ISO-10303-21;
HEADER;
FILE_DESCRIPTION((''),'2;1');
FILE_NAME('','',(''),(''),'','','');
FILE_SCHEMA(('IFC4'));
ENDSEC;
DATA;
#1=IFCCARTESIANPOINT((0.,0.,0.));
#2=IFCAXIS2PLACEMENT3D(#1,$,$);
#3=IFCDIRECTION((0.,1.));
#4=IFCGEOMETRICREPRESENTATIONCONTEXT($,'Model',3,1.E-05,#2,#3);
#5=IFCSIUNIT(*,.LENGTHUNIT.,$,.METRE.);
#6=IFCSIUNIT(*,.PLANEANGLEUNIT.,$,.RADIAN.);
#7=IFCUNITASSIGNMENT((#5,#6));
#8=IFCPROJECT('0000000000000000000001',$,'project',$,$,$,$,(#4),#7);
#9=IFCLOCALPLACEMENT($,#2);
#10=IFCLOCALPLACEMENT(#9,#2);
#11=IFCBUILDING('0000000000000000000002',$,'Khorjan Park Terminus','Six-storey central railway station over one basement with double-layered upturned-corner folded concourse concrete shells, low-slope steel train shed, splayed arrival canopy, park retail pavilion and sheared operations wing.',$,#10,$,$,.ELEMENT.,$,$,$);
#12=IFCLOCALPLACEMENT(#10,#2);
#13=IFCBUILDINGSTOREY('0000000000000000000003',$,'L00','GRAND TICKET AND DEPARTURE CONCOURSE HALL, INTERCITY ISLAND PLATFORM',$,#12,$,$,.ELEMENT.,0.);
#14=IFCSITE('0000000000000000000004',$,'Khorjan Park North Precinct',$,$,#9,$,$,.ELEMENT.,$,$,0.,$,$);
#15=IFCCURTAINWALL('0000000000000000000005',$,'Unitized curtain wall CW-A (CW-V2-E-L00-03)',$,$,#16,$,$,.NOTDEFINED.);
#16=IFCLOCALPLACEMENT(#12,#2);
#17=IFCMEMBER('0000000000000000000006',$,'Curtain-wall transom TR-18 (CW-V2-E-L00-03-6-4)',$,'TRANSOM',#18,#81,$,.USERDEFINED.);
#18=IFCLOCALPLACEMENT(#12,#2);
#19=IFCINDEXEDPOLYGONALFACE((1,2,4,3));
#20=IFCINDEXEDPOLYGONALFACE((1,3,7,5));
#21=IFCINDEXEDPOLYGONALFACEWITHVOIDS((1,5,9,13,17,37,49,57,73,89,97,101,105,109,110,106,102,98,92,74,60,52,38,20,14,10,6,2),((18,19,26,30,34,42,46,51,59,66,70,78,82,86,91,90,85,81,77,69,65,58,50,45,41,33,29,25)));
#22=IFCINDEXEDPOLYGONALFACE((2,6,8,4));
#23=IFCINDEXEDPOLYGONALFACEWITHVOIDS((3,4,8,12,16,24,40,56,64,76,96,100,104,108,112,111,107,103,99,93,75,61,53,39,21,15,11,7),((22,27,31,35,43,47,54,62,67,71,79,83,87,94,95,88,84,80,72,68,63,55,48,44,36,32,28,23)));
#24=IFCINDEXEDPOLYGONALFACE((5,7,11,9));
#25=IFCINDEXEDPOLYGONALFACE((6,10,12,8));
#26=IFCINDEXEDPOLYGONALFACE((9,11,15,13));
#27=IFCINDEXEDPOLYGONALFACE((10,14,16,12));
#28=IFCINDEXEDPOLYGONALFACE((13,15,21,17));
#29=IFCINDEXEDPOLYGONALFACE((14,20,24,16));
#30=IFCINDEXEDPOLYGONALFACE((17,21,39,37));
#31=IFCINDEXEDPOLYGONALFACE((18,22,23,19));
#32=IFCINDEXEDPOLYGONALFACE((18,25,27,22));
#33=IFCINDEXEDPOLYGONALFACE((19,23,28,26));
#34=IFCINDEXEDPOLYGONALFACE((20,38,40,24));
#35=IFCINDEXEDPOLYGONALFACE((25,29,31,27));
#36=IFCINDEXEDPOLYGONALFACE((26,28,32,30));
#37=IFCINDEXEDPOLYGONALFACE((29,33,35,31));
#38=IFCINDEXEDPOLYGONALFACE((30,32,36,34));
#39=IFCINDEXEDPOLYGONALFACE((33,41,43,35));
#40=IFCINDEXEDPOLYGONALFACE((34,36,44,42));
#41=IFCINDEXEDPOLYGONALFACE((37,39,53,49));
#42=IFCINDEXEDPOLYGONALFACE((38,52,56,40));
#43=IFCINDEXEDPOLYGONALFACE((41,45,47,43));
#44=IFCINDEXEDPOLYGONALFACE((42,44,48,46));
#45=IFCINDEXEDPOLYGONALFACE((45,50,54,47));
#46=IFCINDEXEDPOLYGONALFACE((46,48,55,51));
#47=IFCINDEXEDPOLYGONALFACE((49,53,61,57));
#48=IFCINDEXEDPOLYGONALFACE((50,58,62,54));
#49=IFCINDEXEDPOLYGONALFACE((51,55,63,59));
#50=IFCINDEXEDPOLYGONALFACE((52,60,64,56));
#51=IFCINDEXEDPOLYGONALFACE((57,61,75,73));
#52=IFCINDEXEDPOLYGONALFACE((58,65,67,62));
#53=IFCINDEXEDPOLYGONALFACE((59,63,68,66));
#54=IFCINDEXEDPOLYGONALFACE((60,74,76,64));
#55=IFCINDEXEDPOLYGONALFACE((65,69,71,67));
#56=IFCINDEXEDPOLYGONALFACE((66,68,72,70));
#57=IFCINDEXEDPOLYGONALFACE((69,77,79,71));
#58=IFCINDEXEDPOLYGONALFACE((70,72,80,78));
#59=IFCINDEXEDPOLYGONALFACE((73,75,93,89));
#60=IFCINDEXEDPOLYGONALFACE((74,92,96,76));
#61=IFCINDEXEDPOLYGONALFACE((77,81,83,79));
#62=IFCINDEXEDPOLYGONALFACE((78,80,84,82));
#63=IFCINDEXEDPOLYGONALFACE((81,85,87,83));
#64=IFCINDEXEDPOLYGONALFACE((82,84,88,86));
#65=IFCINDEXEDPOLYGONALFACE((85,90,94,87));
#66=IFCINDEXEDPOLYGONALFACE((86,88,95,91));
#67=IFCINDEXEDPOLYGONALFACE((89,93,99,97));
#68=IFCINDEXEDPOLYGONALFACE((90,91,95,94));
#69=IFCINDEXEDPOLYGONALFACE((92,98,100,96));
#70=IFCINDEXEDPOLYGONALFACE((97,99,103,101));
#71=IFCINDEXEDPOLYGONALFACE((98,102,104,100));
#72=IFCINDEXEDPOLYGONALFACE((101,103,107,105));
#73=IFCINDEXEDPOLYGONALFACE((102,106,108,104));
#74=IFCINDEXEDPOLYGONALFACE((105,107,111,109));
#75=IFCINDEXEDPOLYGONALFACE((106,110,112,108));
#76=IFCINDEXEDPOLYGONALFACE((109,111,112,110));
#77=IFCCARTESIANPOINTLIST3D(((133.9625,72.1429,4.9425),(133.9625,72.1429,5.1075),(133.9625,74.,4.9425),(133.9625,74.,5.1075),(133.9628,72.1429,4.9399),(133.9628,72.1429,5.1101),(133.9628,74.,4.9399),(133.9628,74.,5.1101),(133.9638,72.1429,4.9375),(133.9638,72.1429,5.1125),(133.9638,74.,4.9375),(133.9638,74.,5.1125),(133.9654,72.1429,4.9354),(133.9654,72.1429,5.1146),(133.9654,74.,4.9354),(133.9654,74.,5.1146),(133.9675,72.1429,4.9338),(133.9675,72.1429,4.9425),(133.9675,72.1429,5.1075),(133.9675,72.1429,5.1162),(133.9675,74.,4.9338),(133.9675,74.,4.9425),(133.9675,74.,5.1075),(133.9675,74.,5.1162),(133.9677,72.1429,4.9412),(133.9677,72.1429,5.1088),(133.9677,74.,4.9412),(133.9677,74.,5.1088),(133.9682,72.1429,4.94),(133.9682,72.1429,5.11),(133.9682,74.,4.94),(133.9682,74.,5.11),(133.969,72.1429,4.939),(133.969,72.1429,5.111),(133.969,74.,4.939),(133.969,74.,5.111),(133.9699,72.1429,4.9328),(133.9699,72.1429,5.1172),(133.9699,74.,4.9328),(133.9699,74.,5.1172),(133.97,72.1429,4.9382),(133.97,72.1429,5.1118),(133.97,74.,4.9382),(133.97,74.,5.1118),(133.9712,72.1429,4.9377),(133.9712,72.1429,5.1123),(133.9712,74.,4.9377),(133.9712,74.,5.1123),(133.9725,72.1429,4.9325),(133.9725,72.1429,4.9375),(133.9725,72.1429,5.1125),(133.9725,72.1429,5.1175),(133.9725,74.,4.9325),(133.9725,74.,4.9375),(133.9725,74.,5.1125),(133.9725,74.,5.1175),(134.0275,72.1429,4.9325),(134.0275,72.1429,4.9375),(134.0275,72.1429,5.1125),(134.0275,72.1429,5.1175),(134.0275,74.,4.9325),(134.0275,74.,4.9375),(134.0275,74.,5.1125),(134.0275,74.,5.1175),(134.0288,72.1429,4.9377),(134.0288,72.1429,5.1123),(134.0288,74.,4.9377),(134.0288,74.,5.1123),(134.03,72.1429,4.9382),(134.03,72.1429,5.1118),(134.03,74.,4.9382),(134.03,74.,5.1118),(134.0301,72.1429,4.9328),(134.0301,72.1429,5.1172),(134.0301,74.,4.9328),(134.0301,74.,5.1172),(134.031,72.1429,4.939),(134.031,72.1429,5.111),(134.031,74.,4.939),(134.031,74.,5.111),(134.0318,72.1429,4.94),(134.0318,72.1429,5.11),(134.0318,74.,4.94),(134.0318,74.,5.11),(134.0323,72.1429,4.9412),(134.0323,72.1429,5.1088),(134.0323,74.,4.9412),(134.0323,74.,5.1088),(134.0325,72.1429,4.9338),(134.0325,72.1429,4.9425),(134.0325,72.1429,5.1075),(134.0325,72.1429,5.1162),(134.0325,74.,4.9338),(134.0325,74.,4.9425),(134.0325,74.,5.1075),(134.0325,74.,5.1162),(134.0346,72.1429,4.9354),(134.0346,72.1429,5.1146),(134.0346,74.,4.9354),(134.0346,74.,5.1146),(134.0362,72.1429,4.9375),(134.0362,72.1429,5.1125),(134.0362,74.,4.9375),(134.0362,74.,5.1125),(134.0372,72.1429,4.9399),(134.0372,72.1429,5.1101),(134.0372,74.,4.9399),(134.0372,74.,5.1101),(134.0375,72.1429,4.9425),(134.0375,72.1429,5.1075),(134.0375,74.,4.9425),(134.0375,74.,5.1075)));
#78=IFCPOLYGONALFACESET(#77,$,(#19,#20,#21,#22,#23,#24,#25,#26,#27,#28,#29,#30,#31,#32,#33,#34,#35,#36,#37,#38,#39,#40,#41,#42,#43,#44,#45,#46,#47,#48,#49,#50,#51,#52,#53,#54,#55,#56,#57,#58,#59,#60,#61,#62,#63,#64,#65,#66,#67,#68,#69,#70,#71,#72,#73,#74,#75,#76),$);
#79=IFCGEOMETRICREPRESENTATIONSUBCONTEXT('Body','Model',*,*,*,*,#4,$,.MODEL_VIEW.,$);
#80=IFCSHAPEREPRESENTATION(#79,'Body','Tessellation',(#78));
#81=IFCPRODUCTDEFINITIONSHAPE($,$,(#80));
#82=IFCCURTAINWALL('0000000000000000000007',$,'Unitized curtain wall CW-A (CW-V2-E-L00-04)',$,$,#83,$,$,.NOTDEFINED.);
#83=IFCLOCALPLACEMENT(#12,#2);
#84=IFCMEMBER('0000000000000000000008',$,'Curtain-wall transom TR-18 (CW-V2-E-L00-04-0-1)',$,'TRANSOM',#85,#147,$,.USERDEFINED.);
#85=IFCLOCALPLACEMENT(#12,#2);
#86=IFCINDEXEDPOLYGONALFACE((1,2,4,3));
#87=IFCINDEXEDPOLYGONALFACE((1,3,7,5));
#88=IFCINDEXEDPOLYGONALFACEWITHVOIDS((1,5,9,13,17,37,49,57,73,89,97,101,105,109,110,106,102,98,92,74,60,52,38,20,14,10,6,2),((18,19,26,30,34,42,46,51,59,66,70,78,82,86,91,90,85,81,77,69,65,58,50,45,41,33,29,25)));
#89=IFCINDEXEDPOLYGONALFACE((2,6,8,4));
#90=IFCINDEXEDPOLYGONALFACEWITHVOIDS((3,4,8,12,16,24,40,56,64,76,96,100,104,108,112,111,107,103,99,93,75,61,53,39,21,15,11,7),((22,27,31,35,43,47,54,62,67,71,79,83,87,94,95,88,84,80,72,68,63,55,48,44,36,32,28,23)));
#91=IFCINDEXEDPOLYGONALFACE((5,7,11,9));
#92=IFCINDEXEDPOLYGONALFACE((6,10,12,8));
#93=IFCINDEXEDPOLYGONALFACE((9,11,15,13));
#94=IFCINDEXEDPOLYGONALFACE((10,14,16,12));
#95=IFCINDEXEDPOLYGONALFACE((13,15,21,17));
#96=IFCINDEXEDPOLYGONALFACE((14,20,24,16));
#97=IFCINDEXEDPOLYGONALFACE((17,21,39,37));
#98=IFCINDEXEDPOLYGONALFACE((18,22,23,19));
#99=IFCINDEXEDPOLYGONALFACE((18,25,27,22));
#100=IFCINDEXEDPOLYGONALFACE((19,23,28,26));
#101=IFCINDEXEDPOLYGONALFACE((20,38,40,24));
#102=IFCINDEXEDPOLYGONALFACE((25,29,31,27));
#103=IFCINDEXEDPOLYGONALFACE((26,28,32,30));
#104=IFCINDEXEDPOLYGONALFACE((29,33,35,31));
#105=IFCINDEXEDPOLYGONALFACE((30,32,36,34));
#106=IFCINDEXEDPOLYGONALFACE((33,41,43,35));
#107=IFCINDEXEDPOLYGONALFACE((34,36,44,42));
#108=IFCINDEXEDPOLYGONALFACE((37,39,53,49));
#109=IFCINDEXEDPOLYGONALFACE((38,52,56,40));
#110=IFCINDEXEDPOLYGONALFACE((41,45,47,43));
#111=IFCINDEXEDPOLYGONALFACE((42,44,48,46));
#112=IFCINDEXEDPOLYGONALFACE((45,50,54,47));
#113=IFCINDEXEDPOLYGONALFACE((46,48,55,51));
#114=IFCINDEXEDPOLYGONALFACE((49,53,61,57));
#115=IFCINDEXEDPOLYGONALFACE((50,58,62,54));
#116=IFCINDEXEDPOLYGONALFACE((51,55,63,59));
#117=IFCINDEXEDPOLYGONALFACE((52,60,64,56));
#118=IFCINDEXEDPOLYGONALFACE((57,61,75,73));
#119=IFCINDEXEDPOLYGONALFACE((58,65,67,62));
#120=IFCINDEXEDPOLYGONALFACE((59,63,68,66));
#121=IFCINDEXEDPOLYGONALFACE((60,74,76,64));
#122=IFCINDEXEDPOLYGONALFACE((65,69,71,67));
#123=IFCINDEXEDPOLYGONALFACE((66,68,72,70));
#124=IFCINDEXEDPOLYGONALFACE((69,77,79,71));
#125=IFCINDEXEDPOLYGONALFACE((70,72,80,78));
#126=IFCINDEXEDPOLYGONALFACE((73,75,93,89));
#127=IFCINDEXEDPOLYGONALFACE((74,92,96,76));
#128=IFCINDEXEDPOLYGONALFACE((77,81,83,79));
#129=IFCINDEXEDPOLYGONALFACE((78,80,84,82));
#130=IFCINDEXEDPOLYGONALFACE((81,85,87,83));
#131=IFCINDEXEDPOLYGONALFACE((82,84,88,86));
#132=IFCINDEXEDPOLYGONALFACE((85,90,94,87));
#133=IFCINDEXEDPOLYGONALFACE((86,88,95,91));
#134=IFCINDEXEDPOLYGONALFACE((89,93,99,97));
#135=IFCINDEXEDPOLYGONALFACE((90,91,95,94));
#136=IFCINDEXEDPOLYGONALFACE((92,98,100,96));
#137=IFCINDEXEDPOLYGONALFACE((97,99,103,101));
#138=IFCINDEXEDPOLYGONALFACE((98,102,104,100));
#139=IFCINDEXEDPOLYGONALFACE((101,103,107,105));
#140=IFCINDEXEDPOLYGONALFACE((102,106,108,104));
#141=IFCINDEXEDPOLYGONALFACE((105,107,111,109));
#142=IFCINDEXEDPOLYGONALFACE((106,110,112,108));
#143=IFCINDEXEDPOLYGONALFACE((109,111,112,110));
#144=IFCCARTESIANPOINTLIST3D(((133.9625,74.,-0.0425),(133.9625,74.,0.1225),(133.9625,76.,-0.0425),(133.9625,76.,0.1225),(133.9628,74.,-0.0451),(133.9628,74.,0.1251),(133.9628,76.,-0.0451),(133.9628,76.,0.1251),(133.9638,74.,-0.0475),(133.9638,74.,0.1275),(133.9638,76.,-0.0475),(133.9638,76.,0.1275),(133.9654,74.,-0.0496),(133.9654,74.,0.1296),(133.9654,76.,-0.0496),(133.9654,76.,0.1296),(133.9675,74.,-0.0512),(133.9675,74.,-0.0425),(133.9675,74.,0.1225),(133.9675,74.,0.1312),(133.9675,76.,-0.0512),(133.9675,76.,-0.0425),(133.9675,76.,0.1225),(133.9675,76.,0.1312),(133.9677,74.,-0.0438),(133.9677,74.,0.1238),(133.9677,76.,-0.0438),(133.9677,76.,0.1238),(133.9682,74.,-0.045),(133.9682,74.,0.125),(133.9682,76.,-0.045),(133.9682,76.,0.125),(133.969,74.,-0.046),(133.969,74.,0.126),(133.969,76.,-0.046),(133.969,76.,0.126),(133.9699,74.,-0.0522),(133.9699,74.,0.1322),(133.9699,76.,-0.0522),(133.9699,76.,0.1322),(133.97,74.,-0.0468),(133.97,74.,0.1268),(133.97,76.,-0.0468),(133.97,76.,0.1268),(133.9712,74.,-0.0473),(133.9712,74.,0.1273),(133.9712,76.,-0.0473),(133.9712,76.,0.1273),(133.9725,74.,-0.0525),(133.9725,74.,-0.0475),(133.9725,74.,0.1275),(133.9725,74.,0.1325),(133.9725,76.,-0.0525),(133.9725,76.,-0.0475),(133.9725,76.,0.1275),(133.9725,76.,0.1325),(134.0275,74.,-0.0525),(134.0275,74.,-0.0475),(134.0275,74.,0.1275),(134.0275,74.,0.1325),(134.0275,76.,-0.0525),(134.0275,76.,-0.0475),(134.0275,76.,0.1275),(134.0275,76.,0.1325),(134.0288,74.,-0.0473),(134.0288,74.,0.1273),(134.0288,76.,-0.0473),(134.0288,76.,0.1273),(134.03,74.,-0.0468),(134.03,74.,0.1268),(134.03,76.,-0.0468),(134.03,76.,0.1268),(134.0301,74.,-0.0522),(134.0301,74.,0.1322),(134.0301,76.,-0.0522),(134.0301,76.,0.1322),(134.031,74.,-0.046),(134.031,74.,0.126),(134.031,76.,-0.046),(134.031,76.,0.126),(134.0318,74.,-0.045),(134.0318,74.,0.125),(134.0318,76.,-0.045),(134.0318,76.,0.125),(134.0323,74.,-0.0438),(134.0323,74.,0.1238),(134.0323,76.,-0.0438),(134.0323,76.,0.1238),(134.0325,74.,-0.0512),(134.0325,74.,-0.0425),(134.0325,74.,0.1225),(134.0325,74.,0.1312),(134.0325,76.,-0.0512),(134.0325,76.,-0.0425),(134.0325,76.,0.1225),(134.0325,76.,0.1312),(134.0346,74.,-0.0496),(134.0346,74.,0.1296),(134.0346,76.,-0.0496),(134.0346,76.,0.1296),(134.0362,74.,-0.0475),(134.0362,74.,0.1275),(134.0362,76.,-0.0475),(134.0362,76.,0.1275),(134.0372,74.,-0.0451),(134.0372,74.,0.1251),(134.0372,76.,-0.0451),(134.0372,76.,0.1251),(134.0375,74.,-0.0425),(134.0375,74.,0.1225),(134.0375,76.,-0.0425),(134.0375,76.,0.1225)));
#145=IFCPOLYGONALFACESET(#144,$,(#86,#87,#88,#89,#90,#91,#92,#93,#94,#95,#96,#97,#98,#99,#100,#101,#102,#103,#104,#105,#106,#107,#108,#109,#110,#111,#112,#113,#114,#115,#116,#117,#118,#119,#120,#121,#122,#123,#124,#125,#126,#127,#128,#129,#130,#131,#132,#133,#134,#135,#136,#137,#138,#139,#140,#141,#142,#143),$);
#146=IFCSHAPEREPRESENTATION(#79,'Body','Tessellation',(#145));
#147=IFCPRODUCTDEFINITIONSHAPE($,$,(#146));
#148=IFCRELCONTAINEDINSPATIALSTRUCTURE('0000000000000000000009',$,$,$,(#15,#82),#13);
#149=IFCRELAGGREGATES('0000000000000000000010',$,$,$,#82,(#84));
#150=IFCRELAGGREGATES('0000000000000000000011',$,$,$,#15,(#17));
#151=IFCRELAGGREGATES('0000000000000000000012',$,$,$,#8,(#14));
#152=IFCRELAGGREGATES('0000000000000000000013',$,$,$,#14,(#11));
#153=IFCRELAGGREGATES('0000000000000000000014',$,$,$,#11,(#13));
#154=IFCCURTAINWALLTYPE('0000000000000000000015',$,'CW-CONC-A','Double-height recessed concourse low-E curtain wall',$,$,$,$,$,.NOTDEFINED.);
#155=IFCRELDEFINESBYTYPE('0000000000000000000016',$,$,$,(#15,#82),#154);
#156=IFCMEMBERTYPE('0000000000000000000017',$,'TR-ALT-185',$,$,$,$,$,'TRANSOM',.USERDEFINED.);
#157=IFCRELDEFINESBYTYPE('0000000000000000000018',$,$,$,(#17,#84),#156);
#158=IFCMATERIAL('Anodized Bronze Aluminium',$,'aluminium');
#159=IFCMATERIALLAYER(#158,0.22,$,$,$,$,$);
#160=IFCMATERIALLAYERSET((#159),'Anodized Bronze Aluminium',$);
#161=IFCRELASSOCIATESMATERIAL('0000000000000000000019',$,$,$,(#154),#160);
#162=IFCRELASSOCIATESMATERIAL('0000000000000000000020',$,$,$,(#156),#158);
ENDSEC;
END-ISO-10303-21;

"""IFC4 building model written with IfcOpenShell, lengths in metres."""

from ifc_helpers import new_model, si_unit, direction, frame, origin, origin_2d, place, context, subcontext, project, spatial, hollow_rectangle, extrude, material, layer, layer_set, material_profile, profile_set, type_object, element, aggregate, save


model = new_model("IFC4")

# Units and contexts
model_context = context("Model", 3, precision=1e-05, world=origin(), true_north=direction((0.0, 1.0)))
body_context = subcontext(model_context, "Body", "Model", "MODEL_VIEW")
ifc_project = project(units=[si_unit("LENGTHUNIT", "METRE"), si_unit("PLANEANGLEUNIT", "RADIAN")], contexts=[model_context])

# Site, building, storey
site_placement = place(None, origin())
site = spatial("IfcSite", under=ifc_project, at=site_placement, Name="Khorjan Park North Precinct", CompositionType="ELEMENT", RefElevation=0.0)
building_placement = place(site_placement, origin())
building = spatial("IfcBuilding", under=site, at=building_placement, Name="Khorjan Park Terminus", Description="Six-storey central railway station over one basement with double-layered upturned-corner folded concourse concrete shells, low-slope steel train shed, splayed arrival canopy, park retail pavilion and sheared operations wing.", CompositionType="ELEMENT")
storey_placement = place(building_placement, origin())
storey = spatial("IfcBuildingStorey", under=building, at=storey_placement, Name="L00", Description="GRAND TICKET AND DEPARTURE CONCOURSE HALL, INTERCITY ISLAND PLATFORM", CompositionType="ELEMENT", Elevation=0.0)

# Curtain walls, members
ifc_material_1 = material(Name="Anodized Bronze Aluminium", Category="aluminium")
ifc_layer_1 = layer(ifc_material_1, 0.22)
ifc_layer_set_1 = layer_set([ifc_layer_1], Name="Anodized Bronze Aluminium")
curtain_wall_type = type_object("IfcCurtainWallType", Name="CW-CONC-A", Description="Double-height recessed concourse low-E curtain wall", PredefinedType="NOTDEFINED", material=ifc_layer_set_1)
curtain_wall_1_placement = place(storey_placement, origin())
curtain_wall_1 = element("IfcCurtainWall", 1, at=curtain_wall_1_placement, inside=storey, type_object=curtain_wall_type, Name="Unitized curtain wall CW-A (CW-V2-E-L00-03)", PredefinedType="NOTDEFINED")
ifc_material_profile_1 = material_profile(ifc_material_1, hollow_rectangle(XDim=0.075, YDim=0.185, WallThickness=0.005, InnerFilletRadius=0.005, OuterFilletRadius=0.01, at=origin_2d()), Name="ALT 75x185x5")
ifc_profile_set_1 = profile_set([ifc_material_profile_1], Name="Anodized Bronze Aluminium")
member_type_1 = type_object("IfcMemberType", Name="TR-ALT-185", ElementType="TRANSOM", PredefinedType="USERDEFINED", material=ifc_profile_set_1)
member_1_placement = place(storey_placement, frame((134.0, 72.1429, 5.025), z_axis=(0.0, 1.0, 0.0), x_axis=(-1.0, 0.0, 0.0)))
member_1 = element("IfcMember", 2, at=member_1_placement, type_object=member_type_1, Name="Curtain-wall transom TR-18 (CW-V2-E-L00-03-6-4)", ObjectType="TRANSOM", PredefinedType="USERDEFINED", context=body_context, shape_type="SweptSolid", body=[
    extrude(hollow_rectangle(XDim=0.075, YDim=0.185, WallThickness=0.005, InnerFilletRadius=0.005, OuterFilletRadius=0.01, at=origin_2d()), origin(), (0.0, 0.0, 1.0), 1.8571),
])
curtain_wall_2_placement = place(storey_placement, origin())
curtain_wall_2 = element("IfcCurtainWall", 3, at=curtain_wall_2_placement, inside=storey, type_object=curtain_wall_type, Name="Unitized curtain wall CW-A (CW-V2-E-L00-04)", PredefinedType="NOTDEFINED")
member_2_placement = place(storey_placement, frame((134.0, 74.0, 0.04), z_axis=(0.0, 1.0, 0.0), x_axis=(-1.0, 0.0, 0.0)))
member_2 = element("IfcMember", 4, at=member_2_placement, type_object=member_type_1, Name="Curtain-wall transom TR-18 (CW-V2-E-L00-04-0-1)", ObjectType="TRANSOM", PredefinedType="USERDEFINED", context=body_context, shape_type="SweptSolid", body=[
    extrude(hollow_rectangle(XDim=0.075, YDim=0.185, WallThickness=0.005, InnerFilletRadius=0.005, OuterFilletRadius=0.01, at=origin_2d()), origin(), (0.0, 0.0, 1.0), 2.0),
])
aggregate(curtain_wall_2, [member_2])

aggregate(curtain_wall_1, [member_1])

save(model, "model.ifc")
